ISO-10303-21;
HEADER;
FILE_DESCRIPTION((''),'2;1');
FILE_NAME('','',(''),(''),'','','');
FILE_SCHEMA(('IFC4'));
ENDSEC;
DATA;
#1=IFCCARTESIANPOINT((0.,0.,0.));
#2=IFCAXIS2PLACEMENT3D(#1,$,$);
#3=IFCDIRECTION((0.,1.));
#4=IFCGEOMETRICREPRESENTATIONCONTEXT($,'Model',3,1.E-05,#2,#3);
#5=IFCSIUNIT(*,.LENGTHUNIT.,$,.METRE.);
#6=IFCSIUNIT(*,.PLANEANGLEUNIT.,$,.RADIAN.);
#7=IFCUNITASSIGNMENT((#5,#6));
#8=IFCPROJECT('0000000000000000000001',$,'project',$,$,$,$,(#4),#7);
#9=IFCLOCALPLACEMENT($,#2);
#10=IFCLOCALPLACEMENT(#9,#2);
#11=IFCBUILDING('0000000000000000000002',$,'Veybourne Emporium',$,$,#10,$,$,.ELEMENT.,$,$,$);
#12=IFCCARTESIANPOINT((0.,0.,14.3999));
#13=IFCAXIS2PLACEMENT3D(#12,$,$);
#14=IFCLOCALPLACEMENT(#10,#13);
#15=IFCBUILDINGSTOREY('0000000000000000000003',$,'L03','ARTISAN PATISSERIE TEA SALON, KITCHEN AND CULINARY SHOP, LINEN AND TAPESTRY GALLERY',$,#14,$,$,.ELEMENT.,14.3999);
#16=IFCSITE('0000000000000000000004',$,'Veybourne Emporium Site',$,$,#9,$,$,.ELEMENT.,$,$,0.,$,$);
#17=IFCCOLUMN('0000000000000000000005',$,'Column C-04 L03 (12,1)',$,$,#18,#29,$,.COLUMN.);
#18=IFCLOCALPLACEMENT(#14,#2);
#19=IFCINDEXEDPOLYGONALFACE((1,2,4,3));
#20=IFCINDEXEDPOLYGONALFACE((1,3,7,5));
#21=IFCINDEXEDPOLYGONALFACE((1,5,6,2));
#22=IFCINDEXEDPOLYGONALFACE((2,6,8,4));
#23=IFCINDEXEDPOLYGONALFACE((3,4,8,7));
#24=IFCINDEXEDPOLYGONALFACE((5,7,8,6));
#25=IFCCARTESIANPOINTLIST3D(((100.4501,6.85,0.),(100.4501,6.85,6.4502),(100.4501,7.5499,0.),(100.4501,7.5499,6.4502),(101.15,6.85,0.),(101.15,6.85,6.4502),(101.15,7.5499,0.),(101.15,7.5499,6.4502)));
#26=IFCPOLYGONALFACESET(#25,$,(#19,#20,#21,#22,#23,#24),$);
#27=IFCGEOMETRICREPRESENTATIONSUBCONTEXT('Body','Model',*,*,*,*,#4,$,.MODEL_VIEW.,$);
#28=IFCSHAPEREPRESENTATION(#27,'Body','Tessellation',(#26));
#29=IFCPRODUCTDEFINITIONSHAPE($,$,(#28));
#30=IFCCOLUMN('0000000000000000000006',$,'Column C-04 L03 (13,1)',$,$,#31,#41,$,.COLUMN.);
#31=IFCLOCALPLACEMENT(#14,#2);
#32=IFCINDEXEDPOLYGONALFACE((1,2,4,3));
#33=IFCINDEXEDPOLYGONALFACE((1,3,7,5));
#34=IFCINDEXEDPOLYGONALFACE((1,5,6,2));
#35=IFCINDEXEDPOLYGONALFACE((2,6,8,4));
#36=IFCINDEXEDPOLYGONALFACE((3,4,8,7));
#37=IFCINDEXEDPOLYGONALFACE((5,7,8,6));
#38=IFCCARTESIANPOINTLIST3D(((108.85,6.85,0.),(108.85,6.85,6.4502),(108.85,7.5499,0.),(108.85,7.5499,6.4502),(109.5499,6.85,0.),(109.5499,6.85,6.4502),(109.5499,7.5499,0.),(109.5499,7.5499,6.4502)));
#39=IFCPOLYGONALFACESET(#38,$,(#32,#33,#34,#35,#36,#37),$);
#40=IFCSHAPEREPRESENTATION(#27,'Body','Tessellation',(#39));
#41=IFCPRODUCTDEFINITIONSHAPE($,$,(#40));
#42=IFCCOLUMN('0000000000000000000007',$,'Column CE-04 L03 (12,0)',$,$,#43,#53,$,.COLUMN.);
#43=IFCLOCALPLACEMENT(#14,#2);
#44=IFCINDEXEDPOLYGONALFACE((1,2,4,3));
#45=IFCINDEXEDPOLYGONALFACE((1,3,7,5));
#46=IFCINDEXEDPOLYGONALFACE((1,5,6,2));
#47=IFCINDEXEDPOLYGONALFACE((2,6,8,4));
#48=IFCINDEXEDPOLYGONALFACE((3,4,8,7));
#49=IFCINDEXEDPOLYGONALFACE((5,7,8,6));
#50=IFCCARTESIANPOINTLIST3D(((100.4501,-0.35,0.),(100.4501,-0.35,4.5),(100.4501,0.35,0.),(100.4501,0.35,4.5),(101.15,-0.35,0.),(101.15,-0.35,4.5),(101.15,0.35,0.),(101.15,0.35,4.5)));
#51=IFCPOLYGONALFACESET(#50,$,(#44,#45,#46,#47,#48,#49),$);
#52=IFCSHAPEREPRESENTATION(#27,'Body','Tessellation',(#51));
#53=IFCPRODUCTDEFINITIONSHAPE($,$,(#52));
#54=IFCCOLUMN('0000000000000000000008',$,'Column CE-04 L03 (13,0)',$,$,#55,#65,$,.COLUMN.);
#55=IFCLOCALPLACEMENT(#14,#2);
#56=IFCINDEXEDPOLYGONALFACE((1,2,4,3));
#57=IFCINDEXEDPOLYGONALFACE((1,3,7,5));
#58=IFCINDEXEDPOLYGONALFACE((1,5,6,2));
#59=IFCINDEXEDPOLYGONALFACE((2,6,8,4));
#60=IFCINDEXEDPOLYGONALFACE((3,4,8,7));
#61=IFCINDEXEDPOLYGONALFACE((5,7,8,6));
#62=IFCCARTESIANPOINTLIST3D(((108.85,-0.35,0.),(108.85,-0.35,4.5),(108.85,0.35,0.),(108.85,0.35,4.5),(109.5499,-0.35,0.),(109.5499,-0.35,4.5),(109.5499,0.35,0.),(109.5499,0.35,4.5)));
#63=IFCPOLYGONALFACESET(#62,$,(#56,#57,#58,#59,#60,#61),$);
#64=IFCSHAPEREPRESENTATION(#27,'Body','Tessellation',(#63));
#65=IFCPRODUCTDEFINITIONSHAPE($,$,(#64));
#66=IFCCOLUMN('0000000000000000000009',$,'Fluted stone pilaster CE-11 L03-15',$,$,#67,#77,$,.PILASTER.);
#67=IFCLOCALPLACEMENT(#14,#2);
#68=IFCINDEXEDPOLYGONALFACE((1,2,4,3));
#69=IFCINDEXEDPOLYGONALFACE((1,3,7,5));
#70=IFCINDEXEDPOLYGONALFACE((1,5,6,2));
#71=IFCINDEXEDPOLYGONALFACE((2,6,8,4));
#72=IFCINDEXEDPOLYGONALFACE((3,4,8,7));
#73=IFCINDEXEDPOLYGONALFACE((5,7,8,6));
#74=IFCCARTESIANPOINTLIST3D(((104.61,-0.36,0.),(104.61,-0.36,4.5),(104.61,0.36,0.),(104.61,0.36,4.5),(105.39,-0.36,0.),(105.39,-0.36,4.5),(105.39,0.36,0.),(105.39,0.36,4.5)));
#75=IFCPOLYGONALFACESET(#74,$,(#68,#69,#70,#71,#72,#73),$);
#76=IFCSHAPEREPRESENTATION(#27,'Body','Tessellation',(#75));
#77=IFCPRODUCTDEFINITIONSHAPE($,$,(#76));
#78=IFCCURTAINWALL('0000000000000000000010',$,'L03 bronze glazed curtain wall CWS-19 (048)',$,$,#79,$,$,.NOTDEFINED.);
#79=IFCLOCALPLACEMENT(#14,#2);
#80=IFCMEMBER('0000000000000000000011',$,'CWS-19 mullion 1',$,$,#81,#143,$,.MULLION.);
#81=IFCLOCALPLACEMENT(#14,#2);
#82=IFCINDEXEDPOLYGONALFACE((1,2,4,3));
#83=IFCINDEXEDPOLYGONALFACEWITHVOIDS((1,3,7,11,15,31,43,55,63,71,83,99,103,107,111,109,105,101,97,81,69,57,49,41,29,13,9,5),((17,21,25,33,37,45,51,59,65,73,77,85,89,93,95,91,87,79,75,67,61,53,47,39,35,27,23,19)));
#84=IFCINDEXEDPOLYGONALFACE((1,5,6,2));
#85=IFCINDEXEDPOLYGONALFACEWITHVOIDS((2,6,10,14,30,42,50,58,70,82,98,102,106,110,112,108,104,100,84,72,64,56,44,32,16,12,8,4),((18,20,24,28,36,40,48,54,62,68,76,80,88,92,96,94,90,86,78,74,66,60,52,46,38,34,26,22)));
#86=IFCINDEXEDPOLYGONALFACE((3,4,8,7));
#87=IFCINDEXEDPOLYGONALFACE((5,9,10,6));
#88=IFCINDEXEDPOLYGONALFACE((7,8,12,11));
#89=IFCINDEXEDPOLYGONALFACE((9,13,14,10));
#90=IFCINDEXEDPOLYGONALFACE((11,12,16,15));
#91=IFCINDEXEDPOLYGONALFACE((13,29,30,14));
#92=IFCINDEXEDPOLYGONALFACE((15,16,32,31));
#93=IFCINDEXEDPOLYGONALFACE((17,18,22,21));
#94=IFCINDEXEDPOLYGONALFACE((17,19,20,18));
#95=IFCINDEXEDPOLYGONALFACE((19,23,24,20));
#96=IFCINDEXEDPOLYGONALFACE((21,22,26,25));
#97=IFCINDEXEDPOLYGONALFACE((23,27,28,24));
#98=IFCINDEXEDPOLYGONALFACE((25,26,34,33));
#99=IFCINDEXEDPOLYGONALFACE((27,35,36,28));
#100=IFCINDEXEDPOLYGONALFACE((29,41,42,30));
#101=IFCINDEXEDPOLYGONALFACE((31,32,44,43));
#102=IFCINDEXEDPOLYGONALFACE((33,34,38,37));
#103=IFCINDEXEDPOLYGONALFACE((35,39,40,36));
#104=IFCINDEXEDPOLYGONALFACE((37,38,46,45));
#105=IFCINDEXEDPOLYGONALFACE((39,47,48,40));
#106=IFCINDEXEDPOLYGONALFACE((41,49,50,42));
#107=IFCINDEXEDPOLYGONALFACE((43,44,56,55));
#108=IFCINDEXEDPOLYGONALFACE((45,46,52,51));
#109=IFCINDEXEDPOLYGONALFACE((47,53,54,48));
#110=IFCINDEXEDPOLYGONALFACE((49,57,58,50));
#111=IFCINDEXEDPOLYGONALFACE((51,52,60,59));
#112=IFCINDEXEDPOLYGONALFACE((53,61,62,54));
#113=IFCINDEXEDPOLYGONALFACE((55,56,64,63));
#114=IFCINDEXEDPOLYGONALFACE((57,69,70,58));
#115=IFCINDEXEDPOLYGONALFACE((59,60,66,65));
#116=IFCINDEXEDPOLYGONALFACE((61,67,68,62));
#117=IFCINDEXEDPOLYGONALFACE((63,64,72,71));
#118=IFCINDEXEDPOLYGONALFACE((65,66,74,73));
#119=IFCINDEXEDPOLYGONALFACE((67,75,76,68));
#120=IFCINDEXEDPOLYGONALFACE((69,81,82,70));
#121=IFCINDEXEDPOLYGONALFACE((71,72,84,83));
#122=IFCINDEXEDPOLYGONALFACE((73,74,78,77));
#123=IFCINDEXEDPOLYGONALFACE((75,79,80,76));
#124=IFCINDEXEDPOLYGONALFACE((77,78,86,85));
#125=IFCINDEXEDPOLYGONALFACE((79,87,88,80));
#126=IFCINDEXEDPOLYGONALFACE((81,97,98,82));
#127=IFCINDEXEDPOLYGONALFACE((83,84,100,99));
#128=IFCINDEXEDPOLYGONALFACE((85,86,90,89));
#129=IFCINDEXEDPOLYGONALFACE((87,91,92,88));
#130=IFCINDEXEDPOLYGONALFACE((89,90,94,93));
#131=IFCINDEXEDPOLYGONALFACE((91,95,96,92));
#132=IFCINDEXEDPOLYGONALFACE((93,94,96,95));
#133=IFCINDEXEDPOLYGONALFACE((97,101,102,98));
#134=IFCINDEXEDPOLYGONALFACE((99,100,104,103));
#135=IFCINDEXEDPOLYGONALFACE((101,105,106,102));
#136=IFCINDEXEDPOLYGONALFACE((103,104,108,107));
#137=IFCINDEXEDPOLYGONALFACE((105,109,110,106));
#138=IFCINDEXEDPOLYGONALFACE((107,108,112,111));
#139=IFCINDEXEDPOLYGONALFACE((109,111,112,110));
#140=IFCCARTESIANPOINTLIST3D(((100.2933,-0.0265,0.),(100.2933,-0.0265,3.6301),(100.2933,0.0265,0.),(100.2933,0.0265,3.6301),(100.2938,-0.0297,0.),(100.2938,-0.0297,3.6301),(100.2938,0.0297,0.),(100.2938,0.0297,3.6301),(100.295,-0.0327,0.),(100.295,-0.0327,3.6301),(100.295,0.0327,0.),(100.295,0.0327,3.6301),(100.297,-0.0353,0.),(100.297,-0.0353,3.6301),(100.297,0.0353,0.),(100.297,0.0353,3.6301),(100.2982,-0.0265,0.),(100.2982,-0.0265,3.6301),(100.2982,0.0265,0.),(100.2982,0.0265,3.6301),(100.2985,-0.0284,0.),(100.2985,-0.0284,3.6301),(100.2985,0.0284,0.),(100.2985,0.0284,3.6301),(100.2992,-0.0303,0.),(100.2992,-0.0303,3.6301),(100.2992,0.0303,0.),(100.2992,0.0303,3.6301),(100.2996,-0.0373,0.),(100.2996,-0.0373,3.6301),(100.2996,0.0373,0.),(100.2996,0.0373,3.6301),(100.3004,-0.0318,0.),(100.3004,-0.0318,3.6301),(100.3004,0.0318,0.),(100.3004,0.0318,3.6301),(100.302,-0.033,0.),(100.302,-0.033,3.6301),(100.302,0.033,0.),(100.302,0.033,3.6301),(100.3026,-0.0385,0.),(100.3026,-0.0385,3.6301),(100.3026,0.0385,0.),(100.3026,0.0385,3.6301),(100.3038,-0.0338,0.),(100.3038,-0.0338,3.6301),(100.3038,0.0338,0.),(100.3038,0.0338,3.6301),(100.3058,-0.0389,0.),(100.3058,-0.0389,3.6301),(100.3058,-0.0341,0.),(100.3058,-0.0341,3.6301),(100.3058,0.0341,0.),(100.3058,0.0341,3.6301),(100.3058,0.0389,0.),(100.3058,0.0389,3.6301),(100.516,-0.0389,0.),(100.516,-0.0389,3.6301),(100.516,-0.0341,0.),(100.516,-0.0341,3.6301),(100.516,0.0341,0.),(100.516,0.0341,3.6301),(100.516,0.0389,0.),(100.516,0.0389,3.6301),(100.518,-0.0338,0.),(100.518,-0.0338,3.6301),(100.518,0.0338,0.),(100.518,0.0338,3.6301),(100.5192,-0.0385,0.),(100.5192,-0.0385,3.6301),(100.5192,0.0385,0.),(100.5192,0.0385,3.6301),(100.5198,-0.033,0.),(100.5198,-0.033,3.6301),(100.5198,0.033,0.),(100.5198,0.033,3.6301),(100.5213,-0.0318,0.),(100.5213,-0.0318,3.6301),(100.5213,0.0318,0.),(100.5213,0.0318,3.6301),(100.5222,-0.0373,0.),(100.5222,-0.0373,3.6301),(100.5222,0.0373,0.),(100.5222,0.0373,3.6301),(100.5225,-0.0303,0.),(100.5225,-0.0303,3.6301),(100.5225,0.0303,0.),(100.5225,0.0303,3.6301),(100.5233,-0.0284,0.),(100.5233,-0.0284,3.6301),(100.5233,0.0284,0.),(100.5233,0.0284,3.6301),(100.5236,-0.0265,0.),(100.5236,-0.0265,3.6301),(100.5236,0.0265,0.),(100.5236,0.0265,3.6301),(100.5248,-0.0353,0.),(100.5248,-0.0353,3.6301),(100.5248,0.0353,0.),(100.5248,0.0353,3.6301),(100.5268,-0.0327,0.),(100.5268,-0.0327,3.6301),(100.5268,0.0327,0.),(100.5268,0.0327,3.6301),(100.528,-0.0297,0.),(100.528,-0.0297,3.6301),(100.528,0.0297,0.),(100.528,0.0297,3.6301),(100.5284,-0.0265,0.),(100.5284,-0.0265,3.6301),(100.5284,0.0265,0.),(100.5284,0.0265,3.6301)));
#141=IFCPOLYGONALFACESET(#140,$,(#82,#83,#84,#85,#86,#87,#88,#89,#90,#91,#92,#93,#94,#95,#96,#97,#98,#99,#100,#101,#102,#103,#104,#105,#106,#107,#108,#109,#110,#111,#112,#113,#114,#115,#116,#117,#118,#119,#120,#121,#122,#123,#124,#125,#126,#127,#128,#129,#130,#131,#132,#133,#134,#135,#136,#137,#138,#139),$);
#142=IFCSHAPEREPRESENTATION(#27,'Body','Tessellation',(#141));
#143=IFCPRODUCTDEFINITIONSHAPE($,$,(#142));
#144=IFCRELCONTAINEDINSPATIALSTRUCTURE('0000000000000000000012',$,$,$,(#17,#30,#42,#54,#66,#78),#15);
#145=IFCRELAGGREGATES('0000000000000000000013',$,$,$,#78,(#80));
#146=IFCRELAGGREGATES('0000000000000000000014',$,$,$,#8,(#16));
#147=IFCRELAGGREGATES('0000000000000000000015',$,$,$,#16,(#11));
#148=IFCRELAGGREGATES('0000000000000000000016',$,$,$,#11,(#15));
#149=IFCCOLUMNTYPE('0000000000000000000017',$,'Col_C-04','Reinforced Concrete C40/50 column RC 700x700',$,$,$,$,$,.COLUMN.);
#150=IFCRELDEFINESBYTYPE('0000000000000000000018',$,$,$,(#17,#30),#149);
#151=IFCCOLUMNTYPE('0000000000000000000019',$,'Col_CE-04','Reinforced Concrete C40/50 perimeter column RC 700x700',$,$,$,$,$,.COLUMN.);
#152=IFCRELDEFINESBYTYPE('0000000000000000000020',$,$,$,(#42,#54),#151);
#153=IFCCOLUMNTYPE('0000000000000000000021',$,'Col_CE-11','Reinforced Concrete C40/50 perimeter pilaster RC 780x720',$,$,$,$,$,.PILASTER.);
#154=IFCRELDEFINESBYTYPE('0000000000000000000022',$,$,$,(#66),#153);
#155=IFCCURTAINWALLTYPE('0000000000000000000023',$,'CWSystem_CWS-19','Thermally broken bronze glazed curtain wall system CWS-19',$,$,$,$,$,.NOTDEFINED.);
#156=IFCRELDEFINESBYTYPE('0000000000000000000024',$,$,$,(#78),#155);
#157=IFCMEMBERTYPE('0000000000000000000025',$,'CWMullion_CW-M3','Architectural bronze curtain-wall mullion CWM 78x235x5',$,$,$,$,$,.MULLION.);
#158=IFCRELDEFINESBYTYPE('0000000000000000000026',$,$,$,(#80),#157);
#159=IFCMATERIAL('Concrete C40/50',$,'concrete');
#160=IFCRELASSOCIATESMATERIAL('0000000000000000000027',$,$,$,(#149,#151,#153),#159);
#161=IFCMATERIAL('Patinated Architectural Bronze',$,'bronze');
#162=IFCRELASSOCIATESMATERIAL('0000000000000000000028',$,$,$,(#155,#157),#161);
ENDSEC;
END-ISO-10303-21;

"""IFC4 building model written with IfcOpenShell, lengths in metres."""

from ifc_helpers import new_model, si_unit, direction, frame, origin, origin_2d, place, context, subcontext, project, spatial, rectangle, hollow_rectangle, extrude, material, material_profile, profile_set, type_object, element, aggregate, save


model = new_model("IFC4")

# Units and contexts
model_context = context("Model", 3, precision=1e-05, world=origin(), true_north=direction((0.0, 1.0)))
body_context = subcontext(model_context, "Body", "Model", "MODEL_VIEW")
ifc_project = project(units=[si_unit("LENGTHUNIT", "METRE"), si_unit("PLANEANGLEUNIT", "RADIAN")], contexts=[model_context])

# Site, building, storey
site_placement = place(None, origin())
site = spatial("IfcSite", under=ifc_project, at=site_placement, Name="Veybourne Emporium Site", CompositionType="ELEMENT", RefElevation=0.0)
building_placement = place(site_placement, origin())
building = spatial("IfcBuilding", under=site, at=building_placement, Name="Veybourne Emporium", CompositionType="ELEMENT")
storey_placement = place(building_placement, frame((0.0, 0.0, 14.3999)))
storey = spatial("IfcBuildingStorey", under=building, at=storey_placement, Name="L03", Description="ARTISAN PATISSERIE TEA SALON, KITCHEN AND CULINARY SHOP, LINEN AND TAPESTRY GALLERY", CompositionType="ELEMENT", Elevation=14.3999)

# Columns
ifc_material_1 = material(Name="Concrete C40/50", Category="concrete")
ifc_material_profile_1 = material_profile(ifc_material_1, rectangle(XDim=0.7, YDim=0.7, at=origin_2d()), Name="RC 700x700")
ifc_profile_set_1 = profile_set([ifc_material_profile_1], Name="Concrete C40/50")
column_type_1 = type_object("IfcColumnType", Name="Col_C-04", Description="Reinforced Concrete C40/50 column RC 700x700", PredefinedType="COLUMN", material=ifc_profile_set_1)
for number, where, z_axis, x_axis, name in (
    (1, (100.8, 7.2, 0.0), (0.0, 0.0, 1.0), (1.0, 0.0, 0.0), "Column C-04 L03 (12,1)"),
    (2, (109.2, 7.2, 0.0), (0.0, 0.0, 1.0), (1.0, 0.0, 0.0), "Column C-04 L03 (13,1)"),
):
    element("IfcColumn", number, at=place(storey_placement, frame(where, z_axis=z_axis, x_axis=x_axis)), inside=storey, type_object=column_type_1, Name=name, PredefinedType="COLUMN", context=body_context, shape_type="SweptSolid", body=[
        extrude(rectangle(XDim=0.7, YDim=0.7, at=origin_2d()), origin(), (0.0, 0.0, 1.0), 6.4502),
    ])
ifc_material_profile_2 = material_profile(ifc_material_1, rectangle(XDim=0.7, YDim=0.7, at=origin_2d()), Name="RC 700x700")
ifc_profile_set_2 = profile_set([ifc_material_profile_2], Name="Concrete C40/50")
column_type_2 = type_object("IfcColumnType", Name="Col_CE-04", Description="Reinforced Concrete C40/50 perimeter column RC 700x700", PredefinedType="COLUMN", material=ifc_profile_set_2)
for number, where, z_axis, x_axis, name in (
    (3, (100.8, 0.0, 0.0), (0.0, 0.0, 1.0), (1.0, 0.0, 0.0), "Column CE-04 L03 (12,0)"),
    (4, (109.2, 0.0, 0.0), (0.0, 0.0, 1.0), (1.0, 0.0, 0.0), "Column CE-04 L03 (13,0)"),
):
    element("IfcColumn", number, at=place(storey_placement, frame(where, z_axis=z_axis, x_axis=x_axis)), inside=storey, type_object=column_type_2, Name=name, PredefinedType="COLUMN", context=body_context, shape_type="SweptSolid", body=[
        extrude(rectangle(XDim=0.7, YDim=0.7, at=origin_2d()), origin(), (0.0, 0.0, 1.0), 4.5),
    ])
ifc_material_profile_3 = material_profile(ifc_material_1, rectangle(XDim=0.78, YDim=0.72, at=origin_2d()), Name="RC 780x720")
ifc_profile_set_3 = profile_set([ifc_material_profile_3], Name="Concrete C40/50")
column_type_3 = type_object("IfcColumnType", Name="Col_CE-11", Description="Reinforced Concrete C40/50 perimeter pilaster RC 780x720", PredefinedType="PILASTER", material=ifc_profile_set_3)
column_placement = place(storey_placement, frame((105.0, 0.0, 0.0), z_axis=(0.0, 0.0, 1.0), x_axis=(1.0, 0.0, 0.0)))
element("IfcColumn", 5, at=column_placement, inside=storey, type_object=column_type_3, Name="Fluted stone pilaster CE-11 L03-15", PredefinedType="PILASTER", context=body_context, shape_type="SweptSolid", body=[
    extrude(rectangle(XDim=0.78, YDim=0.72, at=origin_2d()), origin(), (0.0, 0.0, 1.0), 4.5),
])

# Curtain wall, member
ifc_material_2 = material(Name="Patinated Architectural Bronze", Category="bronze")
curtain_wall_type = type_object("IfcCurtainWallType", Name="CWSystem_CWS-19", Description="Thermally broken bronze glazed curtain wall system CWS-19", PredefinedType="NOTDEFINED", material=ifc_material_2)
curtain_wall_placement = place(storey_placement, origin())
curtain_wall = element("IfcCurtainWall", 6, at=curtain_wall_placement, inside=storey, type_object=curtain_wall_type, Name="L03 bronze glazed curtain wall CWS-19 (048)", PredefinedType="NOTDEFINED")
ifc_material_profile_4 = material_profile(ifc_material_2, hollow_rectangle(XDim=0.0779, YDim=0.2351, WallThickness=0.0049, InnerFilletRadius=0.0076, OuterFilletRadius=0.0125, at=origin_2d()), Name="CWM 78x235x5")
ifc_profile_set_4 = profile_set([ifc_material_profile_4], Name="Patinated Architectural Bronze")
member_type_1 = type_object("IfcMemberType", Name="CWMullion_CW-M3", Description="Architectural bronze curtain-wall mullion CWM 78x235x5", PredefinedType="MULLION", material=ifc_profile_set_4)
member_1_placement = place(storey_placement, frame((100.4109, 0.0, 0.0), z_axis=(0.0, 0.0, 1.0), x_axis=(0.0, -1.0, 0.0)))
member_1 = element("IfcMember", 7, at=member_1_placement, type_object=member_type_1, Name="CWS-19 mullion 1", PredefinedType="MULLION", context=body_context, shape_type="SweptSolid", body=[
    extrude(hollow_rectangle(XDim=0.0779, YDim=0.2351, WallThickness=0.0049, InnerFilletRadius=0.0076, OuterFilletRadius=0.0125, at=origin_2d()), origin(), (0.0, 0.0, 1.0), 3.6301),
])
aggregate(curtain_wall, [member_1])

save(model, "model.ifc")
